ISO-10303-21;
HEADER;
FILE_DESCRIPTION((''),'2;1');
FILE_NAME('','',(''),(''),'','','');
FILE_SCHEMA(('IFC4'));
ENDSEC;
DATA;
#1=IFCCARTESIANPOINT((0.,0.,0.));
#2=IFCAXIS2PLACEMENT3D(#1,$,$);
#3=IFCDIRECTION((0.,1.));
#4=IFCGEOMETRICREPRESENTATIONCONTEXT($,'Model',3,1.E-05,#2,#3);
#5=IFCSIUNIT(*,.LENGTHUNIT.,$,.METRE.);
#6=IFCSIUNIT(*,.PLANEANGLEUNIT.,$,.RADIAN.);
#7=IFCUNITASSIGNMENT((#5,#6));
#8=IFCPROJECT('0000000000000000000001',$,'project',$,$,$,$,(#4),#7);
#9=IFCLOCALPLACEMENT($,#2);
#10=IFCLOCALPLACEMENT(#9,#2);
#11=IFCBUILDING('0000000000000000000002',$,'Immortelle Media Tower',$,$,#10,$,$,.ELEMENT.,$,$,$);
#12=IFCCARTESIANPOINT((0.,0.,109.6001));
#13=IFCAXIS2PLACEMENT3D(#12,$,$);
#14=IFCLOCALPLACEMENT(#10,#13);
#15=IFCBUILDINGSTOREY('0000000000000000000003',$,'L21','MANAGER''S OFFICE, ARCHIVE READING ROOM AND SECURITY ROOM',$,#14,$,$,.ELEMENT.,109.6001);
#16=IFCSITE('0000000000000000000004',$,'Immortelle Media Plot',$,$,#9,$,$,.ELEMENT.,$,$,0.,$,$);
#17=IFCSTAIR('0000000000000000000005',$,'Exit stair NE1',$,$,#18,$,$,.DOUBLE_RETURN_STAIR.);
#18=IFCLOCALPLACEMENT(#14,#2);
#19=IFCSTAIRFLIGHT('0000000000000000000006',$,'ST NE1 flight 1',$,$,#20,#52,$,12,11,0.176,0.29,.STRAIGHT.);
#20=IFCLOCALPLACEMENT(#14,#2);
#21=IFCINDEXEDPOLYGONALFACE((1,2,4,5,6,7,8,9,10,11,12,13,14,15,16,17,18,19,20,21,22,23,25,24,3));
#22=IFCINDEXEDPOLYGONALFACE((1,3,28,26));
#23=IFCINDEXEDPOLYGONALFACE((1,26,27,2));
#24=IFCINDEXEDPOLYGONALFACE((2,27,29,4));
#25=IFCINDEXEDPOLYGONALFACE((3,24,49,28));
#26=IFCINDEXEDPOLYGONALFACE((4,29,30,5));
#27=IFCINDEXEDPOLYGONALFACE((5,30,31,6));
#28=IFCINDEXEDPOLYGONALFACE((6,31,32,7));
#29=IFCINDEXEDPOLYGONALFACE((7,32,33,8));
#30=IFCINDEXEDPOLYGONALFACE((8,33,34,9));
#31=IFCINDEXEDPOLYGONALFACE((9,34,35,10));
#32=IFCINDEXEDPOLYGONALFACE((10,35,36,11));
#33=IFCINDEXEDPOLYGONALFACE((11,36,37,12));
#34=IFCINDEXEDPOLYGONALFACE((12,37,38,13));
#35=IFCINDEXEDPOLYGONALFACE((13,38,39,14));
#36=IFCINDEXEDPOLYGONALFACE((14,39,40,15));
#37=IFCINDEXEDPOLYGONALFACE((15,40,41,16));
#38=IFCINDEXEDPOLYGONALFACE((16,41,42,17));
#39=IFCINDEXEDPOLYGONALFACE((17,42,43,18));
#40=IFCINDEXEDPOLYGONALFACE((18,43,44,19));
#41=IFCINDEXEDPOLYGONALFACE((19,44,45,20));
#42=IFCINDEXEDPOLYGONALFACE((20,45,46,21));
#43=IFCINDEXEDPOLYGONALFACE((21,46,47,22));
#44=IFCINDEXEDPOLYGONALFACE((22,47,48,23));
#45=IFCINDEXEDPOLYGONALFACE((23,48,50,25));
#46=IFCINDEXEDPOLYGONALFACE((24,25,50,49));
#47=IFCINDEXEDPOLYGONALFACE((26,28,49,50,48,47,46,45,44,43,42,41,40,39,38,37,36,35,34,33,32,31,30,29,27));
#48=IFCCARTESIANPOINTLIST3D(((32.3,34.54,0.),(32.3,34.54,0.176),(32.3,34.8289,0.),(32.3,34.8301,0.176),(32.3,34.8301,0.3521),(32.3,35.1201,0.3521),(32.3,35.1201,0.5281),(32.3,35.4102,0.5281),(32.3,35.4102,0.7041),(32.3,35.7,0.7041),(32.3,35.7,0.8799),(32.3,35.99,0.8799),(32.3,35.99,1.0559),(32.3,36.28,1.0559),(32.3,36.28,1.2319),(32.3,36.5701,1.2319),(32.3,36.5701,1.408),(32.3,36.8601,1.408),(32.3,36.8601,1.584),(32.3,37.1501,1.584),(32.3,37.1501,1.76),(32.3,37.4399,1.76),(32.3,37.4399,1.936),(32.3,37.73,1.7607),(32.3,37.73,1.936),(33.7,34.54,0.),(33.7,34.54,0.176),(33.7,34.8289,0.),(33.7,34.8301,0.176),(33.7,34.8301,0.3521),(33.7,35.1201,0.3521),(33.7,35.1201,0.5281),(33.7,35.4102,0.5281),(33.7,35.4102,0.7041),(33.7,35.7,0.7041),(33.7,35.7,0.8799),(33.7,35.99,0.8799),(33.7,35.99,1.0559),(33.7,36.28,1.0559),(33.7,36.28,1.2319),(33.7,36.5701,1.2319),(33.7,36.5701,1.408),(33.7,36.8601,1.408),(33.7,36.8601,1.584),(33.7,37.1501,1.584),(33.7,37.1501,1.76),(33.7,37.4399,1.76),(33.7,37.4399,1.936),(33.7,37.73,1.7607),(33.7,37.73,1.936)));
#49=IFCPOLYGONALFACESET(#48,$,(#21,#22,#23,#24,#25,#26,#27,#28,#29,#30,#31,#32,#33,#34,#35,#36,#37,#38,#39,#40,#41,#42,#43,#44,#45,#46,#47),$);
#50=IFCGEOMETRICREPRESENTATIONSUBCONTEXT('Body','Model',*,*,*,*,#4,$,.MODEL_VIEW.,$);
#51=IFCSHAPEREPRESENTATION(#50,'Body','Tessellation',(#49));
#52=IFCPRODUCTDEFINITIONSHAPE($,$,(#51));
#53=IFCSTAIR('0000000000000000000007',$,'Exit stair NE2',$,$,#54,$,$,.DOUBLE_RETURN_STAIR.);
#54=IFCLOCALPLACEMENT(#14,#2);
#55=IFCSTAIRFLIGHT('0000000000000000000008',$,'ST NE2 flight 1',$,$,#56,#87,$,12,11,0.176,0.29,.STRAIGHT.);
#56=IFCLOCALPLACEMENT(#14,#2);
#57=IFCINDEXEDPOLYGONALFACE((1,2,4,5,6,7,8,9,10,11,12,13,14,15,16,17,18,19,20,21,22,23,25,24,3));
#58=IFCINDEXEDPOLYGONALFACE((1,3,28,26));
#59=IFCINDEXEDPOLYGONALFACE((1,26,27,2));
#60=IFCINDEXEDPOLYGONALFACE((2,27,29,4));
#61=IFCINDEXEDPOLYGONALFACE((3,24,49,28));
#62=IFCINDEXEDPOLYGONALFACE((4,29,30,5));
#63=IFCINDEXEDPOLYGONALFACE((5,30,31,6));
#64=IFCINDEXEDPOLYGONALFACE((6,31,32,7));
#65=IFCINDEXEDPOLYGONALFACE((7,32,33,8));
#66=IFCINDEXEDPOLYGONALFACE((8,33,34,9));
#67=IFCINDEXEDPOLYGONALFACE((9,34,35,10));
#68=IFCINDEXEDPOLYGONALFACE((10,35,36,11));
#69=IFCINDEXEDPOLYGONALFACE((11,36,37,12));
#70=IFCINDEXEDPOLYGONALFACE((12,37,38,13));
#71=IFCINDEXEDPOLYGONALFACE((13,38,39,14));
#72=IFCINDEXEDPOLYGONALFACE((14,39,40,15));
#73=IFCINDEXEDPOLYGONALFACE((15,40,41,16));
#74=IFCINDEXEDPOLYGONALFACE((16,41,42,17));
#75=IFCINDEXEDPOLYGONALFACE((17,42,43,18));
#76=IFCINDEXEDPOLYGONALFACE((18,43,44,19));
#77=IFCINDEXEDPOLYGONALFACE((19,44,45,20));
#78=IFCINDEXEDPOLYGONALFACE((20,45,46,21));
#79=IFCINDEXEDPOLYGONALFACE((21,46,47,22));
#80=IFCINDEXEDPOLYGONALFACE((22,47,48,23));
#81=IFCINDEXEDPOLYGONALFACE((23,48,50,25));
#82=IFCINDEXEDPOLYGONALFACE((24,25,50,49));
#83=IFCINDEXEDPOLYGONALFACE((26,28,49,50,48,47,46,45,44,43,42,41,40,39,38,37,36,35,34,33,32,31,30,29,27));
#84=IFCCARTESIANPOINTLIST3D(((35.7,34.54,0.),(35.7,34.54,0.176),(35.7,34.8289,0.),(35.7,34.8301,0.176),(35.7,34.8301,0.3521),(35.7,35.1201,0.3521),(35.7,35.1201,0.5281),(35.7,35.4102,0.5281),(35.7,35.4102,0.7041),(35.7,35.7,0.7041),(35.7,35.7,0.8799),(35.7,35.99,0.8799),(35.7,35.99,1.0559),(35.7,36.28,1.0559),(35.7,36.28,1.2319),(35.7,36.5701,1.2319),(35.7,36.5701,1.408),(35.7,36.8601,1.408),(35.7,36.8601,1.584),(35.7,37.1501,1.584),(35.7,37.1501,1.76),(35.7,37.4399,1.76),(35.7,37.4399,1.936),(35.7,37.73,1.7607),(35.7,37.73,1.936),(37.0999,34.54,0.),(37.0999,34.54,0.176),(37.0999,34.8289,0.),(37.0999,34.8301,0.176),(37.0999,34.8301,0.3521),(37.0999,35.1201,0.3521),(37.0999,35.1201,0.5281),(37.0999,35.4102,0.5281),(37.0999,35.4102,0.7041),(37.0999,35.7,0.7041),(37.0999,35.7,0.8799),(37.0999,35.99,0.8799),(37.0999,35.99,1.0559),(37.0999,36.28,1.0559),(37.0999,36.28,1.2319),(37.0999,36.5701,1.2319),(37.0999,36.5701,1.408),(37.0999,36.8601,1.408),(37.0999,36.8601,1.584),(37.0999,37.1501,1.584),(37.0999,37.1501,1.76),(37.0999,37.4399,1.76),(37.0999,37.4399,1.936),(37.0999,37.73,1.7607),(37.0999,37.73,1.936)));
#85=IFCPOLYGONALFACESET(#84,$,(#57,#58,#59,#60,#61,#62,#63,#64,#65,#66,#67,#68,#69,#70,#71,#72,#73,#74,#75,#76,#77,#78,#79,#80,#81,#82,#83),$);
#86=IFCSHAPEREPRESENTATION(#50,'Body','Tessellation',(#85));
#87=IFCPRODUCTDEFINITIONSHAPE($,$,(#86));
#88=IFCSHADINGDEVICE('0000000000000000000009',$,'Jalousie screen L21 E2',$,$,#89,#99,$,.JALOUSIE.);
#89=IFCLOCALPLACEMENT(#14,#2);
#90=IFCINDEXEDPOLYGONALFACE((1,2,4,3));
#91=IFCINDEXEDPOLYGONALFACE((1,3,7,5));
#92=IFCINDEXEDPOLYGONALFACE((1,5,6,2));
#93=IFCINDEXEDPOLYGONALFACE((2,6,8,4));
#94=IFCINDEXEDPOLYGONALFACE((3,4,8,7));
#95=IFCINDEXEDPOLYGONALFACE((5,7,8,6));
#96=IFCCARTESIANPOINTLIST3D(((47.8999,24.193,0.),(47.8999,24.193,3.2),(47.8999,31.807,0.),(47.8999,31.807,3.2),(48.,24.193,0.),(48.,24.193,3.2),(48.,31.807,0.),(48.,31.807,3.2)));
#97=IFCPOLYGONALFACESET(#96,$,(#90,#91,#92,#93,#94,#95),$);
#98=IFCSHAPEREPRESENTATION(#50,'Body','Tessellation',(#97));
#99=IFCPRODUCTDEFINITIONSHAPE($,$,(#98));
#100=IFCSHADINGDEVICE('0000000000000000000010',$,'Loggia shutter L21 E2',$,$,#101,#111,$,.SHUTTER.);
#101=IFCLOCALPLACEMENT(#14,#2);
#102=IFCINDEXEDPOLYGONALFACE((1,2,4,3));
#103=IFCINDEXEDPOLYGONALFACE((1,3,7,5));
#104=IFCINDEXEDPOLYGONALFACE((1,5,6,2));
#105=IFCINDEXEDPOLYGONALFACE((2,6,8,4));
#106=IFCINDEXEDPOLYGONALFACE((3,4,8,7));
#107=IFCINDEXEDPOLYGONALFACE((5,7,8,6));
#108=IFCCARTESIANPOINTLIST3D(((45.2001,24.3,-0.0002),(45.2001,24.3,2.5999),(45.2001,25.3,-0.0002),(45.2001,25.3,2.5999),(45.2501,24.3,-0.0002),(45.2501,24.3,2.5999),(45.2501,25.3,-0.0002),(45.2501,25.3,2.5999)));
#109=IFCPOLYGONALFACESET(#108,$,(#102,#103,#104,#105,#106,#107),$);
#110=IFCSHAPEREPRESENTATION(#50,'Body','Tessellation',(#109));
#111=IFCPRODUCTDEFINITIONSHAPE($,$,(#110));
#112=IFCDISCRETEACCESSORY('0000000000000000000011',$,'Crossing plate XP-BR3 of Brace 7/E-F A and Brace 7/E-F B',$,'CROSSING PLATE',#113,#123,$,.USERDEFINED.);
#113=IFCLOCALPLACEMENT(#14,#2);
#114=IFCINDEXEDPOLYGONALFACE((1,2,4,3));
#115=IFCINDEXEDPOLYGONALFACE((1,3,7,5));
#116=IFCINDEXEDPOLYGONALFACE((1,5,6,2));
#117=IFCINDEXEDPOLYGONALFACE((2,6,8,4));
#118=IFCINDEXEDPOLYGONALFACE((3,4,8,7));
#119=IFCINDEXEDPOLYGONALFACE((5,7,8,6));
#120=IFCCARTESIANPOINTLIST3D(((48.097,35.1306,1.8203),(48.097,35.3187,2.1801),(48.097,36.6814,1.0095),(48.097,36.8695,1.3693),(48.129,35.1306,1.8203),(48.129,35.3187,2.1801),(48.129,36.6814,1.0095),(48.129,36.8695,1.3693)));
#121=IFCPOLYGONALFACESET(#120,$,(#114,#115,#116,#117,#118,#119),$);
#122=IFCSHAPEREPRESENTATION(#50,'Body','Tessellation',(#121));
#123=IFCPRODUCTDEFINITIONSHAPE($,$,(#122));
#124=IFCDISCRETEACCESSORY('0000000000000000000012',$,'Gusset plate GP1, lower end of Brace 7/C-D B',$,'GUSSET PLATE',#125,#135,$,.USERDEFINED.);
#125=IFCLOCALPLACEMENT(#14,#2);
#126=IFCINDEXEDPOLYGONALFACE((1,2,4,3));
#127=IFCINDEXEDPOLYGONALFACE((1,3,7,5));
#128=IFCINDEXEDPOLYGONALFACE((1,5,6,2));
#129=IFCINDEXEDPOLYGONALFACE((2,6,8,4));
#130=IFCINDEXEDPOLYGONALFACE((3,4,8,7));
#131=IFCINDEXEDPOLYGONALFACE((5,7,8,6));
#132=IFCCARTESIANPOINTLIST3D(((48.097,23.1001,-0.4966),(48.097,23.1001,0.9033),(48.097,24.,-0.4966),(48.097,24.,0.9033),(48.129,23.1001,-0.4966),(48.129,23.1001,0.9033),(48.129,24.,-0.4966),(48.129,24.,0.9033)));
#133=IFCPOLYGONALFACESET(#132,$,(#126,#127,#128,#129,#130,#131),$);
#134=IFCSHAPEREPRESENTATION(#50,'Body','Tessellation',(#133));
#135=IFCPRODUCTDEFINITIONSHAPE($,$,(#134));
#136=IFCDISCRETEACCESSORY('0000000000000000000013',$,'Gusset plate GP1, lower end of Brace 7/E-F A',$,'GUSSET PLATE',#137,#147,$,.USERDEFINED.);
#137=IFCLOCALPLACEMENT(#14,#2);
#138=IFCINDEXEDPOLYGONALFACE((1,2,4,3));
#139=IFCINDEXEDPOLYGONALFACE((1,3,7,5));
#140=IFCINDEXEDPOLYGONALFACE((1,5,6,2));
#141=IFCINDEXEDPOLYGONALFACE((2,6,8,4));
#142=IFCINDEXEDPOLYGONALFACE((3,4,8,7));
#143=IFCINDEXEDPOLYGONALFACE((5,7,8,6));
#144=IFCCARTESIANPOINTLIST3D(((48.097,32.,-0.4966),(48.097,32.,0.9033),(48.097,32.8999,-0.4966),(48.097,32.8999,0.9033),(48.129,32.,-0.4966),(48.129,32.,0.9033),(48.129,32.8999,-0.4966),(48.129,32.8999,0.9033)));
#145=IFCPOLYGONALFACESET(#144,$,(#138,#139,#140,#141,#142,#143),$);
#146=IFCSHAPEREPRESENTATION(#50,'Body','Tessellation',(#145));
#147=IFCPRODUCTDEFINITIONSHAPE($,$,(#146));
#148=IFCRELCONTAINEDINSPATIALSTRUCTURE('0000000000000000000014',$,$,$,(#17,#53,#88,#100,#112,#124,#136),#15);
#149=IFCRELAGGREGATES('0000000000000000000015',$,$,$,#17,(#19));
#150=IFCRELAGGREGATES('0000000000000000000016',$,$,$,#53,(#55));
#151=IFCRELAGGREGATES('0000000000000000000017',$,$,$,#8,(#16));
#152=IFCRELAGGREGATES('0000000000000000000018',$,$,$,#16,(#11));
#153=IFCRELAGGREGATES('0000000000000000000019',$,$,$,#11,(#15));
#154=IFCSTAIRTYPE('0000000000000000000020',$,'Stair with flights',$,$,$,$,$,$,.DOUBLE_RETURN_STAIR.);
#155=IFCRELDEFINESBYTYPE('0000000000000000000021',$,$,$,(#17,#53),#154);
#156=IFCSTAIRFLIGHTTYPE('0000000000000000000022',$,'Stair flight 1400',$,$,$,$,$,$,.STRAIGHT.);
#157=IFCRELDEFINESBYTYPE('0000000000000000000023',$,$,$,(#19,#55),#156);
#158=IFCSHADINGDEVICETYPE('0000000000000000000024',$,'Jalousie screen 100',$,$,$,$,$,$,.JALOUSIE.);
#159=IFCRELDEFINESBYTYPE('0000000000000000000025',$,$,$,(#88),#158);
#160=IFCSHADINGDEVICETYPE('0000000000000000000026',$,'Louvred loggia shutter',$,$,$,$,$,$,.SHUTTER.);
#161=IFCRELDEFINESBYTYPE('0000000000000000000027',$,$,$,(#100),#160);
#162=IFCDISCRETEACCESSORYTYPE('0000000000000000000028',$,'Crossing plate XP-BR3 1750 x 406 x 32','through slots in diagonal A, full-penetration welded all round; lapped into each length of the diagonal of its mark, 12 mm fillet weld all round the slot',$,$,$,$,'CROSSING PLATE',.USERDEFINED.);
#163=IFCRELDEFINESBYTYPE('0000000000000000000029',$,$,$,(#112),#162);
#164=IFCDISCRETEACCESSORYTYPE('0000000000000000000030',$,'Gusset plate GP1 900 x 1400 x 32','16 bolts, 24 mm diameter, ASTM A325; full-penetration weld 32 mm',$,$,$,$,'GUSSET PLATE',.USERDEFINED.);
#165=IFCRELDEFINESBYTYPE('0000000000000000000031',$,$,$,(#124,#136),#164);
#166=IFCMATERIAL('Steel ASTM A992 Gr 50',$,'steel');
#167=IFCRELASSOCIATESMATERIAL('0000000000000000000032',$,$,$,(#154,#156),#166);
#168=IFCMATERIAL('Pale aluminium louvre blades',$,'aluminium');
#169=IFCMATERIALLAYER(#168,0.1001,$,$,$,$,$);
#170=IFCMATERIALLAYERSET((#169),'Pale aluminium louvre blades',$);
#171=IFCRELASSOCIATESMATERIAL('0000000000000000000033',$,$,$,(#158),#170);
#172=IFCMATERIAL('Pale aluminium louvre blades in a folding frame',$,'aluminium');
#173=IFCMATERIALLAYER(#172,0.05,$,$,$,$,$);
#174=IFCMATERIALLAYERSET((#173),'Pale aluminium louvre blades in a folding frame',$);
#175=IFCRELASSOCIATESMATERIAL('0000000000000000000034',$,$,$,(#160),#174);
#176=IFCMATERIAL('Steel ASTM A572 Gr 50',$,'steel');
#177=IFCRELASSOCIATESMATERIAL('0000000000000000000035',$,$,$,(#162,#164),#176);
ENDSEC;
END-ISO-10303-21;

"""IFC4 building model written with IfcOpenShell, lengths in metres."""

from ifc_helpers import new_model, si_unit, direction, frame, origin, origin_2d, place, context, subcontext, project, spatial, polyline, rectangle, outline, extrude, material, layer, layer_set, material_profile, profile_set, type_object, element, aggregate, save


model = new_model("IFC4")

# Units and contexts
model_context = context("Model", 3, precision=1e-05, world=origin(), true_north=direction((0.0, 1.0)))
body_context = subcontext(model_context, "Body", "Model", "MODEL_VIEW")
ifc_project = project(units=[si_unit("LENGTHUNIT", "METRE"), si_unit("PLANEANGLEUNIT", "RADIAN")], contexts=[model_context])

# Site, building, storey
site_placement = place(None, origin())
site = spatial("IfcSite", under=ifc_project, at=site_placement, Name="Immortelle Media Plot", CompositionType="ELEMENT", RefElevation=0.0)
building_placement = place(site_placement, origin())
building = spatial("IfcBuilding", under=site, at=building_placement, Name="Immortelle Media Tower", CompositionType="ELEMENT")
storey_placement = place(building_placement, frame((0.0, 0.0, 109.6001)))
storey = spatial("IfcBuildingStorey", under=building, at=storey_placement, Name="L21", Description="MANAGER'S OFFICE, ARCHIVE READING ROOM AND SECURITY ROOM", CompositionType="ELEMENT", Elevation=109.6001)

# Shared definitions
ifc_material_1 = material(Name="Steel ASTM A992 Gr 50", Category="steel")

# Stairs, stair flights
stair_type = type_object("IfcStairType", Name="Stair with flights", PredefinedType="DOUBLE_RETURN_STAIR", material=ifc_material_1)
stair_1_placement = place(storey_placement, origin())
stair_1 = element("IfcStair", 1, at=stair_1_placement, inside=storey, type_object=stair_type, Name="Exit stair NE1", PredefinedType="DOUBLE_RETURN_STAIR")
stair_flight_type = type_object("IfcStairFlightType", Name="Stair flight 1400", PredefinedType="STRAIGHT", material=ifc_material_1)
stair_flight_1_placement = place(storey_placement, frame((33.0, 34.54, 0.0), z_axis=(0.0, 0.0, 1.0), x_axis=(0.0, 1.0, 0.0)))
stair_flight_1 = element("IfcStairFlight", 2, at=stair_flight_1_placement, type_object=stair_flight_type, Name="ST NE1 flight 1", NumberOfRisers=12, NumberOfTreads=11, PredefinedType="STRAIGHT", RiserHeight=0.176, TreadLength=0.29, context=body_context, shape_type="SweptSolid", body=[
    extrude(outline(polyline([(0.0, 0.0), (0.0, 0.176), (0.29, 0.176), (0.29, 0.3521), (0.5801, 0.3521), (0.5801, 0.5281), (0.8701, 0.5281), (0.8701, 0.7041), (1.1599, 0.7041), (1.1599, 0.8799), (1.45, 0.8799), (1.45, 1.0559), (1.74, 1.0559), (1.74, 1.2319), (2.03, 1.2319), (2.03, 1.408), (2.3201, 1.408), (2.3201, 1.584), (2.6101, 1.584), (2.6101, 1.76), (2.8999, 1.76), (2.8999, 1.936), (3.1899, 1.936), (3.1899, 2.1121), (3.1899, 1.7607), (0.2888, 0.0), (0.0, 0.0)])), frame((0.0, 0.7, 0.0), z_axis=(0.0, -1.0, 0.0), x_axis=(1.0, 0.0, 0.0)), (0.0, 0.0, 1.0), 1.3999),
])
aggregate(stair_1, [stair_flight_1])
stair_2_placement = place(storey_placement, origin())
stair_2 = element("IfcStair", 3, at=stair_2_placement, inside=storey, type_object=stair_type, Name="Exit stair NE2", PredefinedType="DOUBLE_RETURN_STAIR")
stair_flight_2_placement = place(storey_placement, frame((36.3999, 34.54, 0.0), z_axis=(0.0, 0.0, 1.0), x_axis=(0.0, 1.0, 0.0)))
stair_flight_2 = element("IfcStairFlight", 4, at=stair_flight_2_placement, type_object=stair_flight_type, Name="ST NE2 flight 1", NumberOfRisers=12, NumberOfTreads=11, PredefinedType="STRAIGHT", RiserHeight=0.176, TreadLength=0.29, context=body_context, shape_type="SweptSolid", body=[
    extrude(outline(polyline([(0.0, 0.0), (0.0, 0.176), (0.29, 0.176), (0.29, 0.3521), (0.5801, 0.3521), (0.5801, 0.5281), (0.8701, 0.5281), (0.8701, 0.7041), (1.1599, 0.7041), (1.1599, 0.8799), (1.45, 0.8799), (1.45, 1.0559), (1.74, 1.0559), (1.74, 1.2319), (2.03, 1.2319), (2.03, 1.408), (2.3201, 1.408), (2.3201, 1.584), (2.6101, 1.584), (2.6101, 1.76), (2.8999, 1.76), (2.8999, 1.936), (3.1899, 1.936), (3.1899, 2.1121), (3.1899, 1.7607), (0.2888, 0.0), (0.0, 0.0)])), frame((0.0, 0.7, 0.0), z_axis=(0.0, -1.0, 0.0), x_axis=(1.0, 0.0, 0.0)), (0.0, 0.0, 1.0), 1.3999),
])
aggregate(stair_2, [stair_flight_2])

# Shading devices
ifc_material_2 = material(Name="Pale aluminium louvre blades", Category="aluminium")
ifc_layer_1 = layer(ifc_material_2, 0.1001)
ifc_layer_set_1 = layer_set([ifc_layer_1], Name="Pale aluminium louvre blades")
shading_device_type_1 = type_object("IfcShadingDeviceType", Name="Jalousie screen 100", PredefinedType="JALOUSIE", material=ifc_layer_set_1)
shading_device_1_placement = place(storey_placement, frame((47.95, 28.0, 0.0), z_axis=(0.0, 0.0, 1.0), x_axis=(0.0, 1.0, 0.0)))
element("IfcShadingDevice", 5, at=shading_device_1_placement, inside=storey, type_object=shading_device_type_1, Name="Jalousie screen L21 E2", PredefinedType="JALOUSIE", context=body_context, shape_type="SweptSolid", body=[
    extrude(rectangle(XDim=7.614, YDim=0.1001, at=origin_2d()), origin(), (0.0, 0.0, 1.0), 3.2),
])
ifc_material_3 = material(Name="Pale aluminium louvre blades in a folding frame", Category="aluminium")
ifc_layer_2 = layer(ifc_material_3, 0.05)
ifc_layer_set_2 = layer_set([ifc_layer_2], Name="Pale aluminium louvre blades in a folding frame")
shading_device_type_2 = type_object("IfcShadingDeviceType", Name="Louvred loggia shutter", PredefinedType="SHUTTER", material=ifc_layer_set_2)
shading_device_2_placement = place(storey_placement, frame((45.2251, 24.8, -0.0002), z_axis=(0.0, 0.0, 1.0), x_axis=(0.0, 1.0, 0.0)))
element("IfcShadingDevice", 6, at=shading_device_2_placement, inside=storey, type_object=shading_device_type_2, Name="Loggia shutter L21 E2", PredefinedType="SHUTTER", context=body_context, shape_type="SweptSolid", body=[
    extrude(rectangle(XDim=1.0, YDim=0.05, at=origin_2d()), origin(), (0.0, 0.0, 1.0), 2.6001),
])

# Discrete accessories
ifc_material_4 = material(Name="Steel ASTM A572 Gr 50", Category="steel")
ifc_material_profile_1 = material_profile(ifc_material_4, rectangle(XDim=0.032, YDim=0.406, at=origin_2d()), Name="PL 32 x 406")
ifc_profile_set_1 = profile_set([ifc_material_profile_1], Name="Steel ASTM A572 Gr 50")
discrete_accessory_type_1 = type_object("IfcDiscreteAccessoryType", Name="Crossing plate XP-BR3 1750 x 406 x 32", Description="through slots in diagonal A, full-penetration welded all round; lapped into each length of the diagonal of its mark, 12 mm fillet weld all round the slot", ElementType="CROSSING PLATE", PredefinedType="USERDEFINED", material=ifc_profile_set_1)
discrete_accessory_placement = place(storey_placement, frame((48.113, 35.2246, 2.0002), z_axis=(0.0, 0.886189, -0.463324), x_axis=(-1.0, 0.0, 0.0)))
element("IfcDiscreteAccessory", 7, at=discrete_accessory_placement, inside=storey, type_object=discrete_accessory_type_1, Name="Crossing plate XP-BR3 of Brace 7/E-F A and Brace 7/E-F B", ObjectType="CROSSING PLATE", PredefinedType="USERDEFINED", context=body_context, shape_type="SweptSolid", body=[
    extrude(rectangle(XDim=0.032, YDim=0.406, at=origin_2d()), origin(), (0.0, 0.0, 1.0), 1.75),
])
ifc_material_profile_2 = material_profile(ifc_material_4, rectangle(XDim=0.032, YDim=1.3999, at=origin_2d()), Name="PL 32 x 1400")
ifc_profile_set_2 = profile_set([ifc_material_profile_2], Name="Steel ASTM A572 Gr 50")
discrete_accessory_type_2 = type_object("IfcDiscreteAccessoryType", Name="Gusset plate GP1 900 x 1400 x 32", Description="16 bolts, 24 mm diameter, ASTM A325; full-penetration weld 32 mm", ElementType="GUSSET PLATE", PredefinedType="USERDEFINED", material=ifc_profile_set_2)
for number, where, z_axis, x_axis, name in (
    (8, (48.113, 24.0, 0.2034), (0.0, -1.0, 0.0), (1.0, 0.0, 0.0), "Gusset plate GP1, lower end of Brace 7/C-D B"),
    (9, (48.113, 32.0, 0.2034), (0.0, 1.0, 0.0), (-1.0, 0.0, 0.0), "Gusset plate GP1, lower end of Brace 7/E-F A"),
):
    element("IfcDiscreteAccessory", number, at=place(storey_placement, frame(where, z_axis=z_axis, x_axis=x_axis)), inside=storey, type_object=discrete_accessory_type_2, Name=name, ObjectType="GUSSET PLATE", PredefinedType="USERDEFINED", context=body_context, shape_type="SweptSolid", body=[
        extrude(rectangle(XDim=0.032, YDim=1.3999, at=origin_2d()), origin(), (0.0, 0.0, 1.0), 0.8999),
    ])

save(model, "model.ifc")
